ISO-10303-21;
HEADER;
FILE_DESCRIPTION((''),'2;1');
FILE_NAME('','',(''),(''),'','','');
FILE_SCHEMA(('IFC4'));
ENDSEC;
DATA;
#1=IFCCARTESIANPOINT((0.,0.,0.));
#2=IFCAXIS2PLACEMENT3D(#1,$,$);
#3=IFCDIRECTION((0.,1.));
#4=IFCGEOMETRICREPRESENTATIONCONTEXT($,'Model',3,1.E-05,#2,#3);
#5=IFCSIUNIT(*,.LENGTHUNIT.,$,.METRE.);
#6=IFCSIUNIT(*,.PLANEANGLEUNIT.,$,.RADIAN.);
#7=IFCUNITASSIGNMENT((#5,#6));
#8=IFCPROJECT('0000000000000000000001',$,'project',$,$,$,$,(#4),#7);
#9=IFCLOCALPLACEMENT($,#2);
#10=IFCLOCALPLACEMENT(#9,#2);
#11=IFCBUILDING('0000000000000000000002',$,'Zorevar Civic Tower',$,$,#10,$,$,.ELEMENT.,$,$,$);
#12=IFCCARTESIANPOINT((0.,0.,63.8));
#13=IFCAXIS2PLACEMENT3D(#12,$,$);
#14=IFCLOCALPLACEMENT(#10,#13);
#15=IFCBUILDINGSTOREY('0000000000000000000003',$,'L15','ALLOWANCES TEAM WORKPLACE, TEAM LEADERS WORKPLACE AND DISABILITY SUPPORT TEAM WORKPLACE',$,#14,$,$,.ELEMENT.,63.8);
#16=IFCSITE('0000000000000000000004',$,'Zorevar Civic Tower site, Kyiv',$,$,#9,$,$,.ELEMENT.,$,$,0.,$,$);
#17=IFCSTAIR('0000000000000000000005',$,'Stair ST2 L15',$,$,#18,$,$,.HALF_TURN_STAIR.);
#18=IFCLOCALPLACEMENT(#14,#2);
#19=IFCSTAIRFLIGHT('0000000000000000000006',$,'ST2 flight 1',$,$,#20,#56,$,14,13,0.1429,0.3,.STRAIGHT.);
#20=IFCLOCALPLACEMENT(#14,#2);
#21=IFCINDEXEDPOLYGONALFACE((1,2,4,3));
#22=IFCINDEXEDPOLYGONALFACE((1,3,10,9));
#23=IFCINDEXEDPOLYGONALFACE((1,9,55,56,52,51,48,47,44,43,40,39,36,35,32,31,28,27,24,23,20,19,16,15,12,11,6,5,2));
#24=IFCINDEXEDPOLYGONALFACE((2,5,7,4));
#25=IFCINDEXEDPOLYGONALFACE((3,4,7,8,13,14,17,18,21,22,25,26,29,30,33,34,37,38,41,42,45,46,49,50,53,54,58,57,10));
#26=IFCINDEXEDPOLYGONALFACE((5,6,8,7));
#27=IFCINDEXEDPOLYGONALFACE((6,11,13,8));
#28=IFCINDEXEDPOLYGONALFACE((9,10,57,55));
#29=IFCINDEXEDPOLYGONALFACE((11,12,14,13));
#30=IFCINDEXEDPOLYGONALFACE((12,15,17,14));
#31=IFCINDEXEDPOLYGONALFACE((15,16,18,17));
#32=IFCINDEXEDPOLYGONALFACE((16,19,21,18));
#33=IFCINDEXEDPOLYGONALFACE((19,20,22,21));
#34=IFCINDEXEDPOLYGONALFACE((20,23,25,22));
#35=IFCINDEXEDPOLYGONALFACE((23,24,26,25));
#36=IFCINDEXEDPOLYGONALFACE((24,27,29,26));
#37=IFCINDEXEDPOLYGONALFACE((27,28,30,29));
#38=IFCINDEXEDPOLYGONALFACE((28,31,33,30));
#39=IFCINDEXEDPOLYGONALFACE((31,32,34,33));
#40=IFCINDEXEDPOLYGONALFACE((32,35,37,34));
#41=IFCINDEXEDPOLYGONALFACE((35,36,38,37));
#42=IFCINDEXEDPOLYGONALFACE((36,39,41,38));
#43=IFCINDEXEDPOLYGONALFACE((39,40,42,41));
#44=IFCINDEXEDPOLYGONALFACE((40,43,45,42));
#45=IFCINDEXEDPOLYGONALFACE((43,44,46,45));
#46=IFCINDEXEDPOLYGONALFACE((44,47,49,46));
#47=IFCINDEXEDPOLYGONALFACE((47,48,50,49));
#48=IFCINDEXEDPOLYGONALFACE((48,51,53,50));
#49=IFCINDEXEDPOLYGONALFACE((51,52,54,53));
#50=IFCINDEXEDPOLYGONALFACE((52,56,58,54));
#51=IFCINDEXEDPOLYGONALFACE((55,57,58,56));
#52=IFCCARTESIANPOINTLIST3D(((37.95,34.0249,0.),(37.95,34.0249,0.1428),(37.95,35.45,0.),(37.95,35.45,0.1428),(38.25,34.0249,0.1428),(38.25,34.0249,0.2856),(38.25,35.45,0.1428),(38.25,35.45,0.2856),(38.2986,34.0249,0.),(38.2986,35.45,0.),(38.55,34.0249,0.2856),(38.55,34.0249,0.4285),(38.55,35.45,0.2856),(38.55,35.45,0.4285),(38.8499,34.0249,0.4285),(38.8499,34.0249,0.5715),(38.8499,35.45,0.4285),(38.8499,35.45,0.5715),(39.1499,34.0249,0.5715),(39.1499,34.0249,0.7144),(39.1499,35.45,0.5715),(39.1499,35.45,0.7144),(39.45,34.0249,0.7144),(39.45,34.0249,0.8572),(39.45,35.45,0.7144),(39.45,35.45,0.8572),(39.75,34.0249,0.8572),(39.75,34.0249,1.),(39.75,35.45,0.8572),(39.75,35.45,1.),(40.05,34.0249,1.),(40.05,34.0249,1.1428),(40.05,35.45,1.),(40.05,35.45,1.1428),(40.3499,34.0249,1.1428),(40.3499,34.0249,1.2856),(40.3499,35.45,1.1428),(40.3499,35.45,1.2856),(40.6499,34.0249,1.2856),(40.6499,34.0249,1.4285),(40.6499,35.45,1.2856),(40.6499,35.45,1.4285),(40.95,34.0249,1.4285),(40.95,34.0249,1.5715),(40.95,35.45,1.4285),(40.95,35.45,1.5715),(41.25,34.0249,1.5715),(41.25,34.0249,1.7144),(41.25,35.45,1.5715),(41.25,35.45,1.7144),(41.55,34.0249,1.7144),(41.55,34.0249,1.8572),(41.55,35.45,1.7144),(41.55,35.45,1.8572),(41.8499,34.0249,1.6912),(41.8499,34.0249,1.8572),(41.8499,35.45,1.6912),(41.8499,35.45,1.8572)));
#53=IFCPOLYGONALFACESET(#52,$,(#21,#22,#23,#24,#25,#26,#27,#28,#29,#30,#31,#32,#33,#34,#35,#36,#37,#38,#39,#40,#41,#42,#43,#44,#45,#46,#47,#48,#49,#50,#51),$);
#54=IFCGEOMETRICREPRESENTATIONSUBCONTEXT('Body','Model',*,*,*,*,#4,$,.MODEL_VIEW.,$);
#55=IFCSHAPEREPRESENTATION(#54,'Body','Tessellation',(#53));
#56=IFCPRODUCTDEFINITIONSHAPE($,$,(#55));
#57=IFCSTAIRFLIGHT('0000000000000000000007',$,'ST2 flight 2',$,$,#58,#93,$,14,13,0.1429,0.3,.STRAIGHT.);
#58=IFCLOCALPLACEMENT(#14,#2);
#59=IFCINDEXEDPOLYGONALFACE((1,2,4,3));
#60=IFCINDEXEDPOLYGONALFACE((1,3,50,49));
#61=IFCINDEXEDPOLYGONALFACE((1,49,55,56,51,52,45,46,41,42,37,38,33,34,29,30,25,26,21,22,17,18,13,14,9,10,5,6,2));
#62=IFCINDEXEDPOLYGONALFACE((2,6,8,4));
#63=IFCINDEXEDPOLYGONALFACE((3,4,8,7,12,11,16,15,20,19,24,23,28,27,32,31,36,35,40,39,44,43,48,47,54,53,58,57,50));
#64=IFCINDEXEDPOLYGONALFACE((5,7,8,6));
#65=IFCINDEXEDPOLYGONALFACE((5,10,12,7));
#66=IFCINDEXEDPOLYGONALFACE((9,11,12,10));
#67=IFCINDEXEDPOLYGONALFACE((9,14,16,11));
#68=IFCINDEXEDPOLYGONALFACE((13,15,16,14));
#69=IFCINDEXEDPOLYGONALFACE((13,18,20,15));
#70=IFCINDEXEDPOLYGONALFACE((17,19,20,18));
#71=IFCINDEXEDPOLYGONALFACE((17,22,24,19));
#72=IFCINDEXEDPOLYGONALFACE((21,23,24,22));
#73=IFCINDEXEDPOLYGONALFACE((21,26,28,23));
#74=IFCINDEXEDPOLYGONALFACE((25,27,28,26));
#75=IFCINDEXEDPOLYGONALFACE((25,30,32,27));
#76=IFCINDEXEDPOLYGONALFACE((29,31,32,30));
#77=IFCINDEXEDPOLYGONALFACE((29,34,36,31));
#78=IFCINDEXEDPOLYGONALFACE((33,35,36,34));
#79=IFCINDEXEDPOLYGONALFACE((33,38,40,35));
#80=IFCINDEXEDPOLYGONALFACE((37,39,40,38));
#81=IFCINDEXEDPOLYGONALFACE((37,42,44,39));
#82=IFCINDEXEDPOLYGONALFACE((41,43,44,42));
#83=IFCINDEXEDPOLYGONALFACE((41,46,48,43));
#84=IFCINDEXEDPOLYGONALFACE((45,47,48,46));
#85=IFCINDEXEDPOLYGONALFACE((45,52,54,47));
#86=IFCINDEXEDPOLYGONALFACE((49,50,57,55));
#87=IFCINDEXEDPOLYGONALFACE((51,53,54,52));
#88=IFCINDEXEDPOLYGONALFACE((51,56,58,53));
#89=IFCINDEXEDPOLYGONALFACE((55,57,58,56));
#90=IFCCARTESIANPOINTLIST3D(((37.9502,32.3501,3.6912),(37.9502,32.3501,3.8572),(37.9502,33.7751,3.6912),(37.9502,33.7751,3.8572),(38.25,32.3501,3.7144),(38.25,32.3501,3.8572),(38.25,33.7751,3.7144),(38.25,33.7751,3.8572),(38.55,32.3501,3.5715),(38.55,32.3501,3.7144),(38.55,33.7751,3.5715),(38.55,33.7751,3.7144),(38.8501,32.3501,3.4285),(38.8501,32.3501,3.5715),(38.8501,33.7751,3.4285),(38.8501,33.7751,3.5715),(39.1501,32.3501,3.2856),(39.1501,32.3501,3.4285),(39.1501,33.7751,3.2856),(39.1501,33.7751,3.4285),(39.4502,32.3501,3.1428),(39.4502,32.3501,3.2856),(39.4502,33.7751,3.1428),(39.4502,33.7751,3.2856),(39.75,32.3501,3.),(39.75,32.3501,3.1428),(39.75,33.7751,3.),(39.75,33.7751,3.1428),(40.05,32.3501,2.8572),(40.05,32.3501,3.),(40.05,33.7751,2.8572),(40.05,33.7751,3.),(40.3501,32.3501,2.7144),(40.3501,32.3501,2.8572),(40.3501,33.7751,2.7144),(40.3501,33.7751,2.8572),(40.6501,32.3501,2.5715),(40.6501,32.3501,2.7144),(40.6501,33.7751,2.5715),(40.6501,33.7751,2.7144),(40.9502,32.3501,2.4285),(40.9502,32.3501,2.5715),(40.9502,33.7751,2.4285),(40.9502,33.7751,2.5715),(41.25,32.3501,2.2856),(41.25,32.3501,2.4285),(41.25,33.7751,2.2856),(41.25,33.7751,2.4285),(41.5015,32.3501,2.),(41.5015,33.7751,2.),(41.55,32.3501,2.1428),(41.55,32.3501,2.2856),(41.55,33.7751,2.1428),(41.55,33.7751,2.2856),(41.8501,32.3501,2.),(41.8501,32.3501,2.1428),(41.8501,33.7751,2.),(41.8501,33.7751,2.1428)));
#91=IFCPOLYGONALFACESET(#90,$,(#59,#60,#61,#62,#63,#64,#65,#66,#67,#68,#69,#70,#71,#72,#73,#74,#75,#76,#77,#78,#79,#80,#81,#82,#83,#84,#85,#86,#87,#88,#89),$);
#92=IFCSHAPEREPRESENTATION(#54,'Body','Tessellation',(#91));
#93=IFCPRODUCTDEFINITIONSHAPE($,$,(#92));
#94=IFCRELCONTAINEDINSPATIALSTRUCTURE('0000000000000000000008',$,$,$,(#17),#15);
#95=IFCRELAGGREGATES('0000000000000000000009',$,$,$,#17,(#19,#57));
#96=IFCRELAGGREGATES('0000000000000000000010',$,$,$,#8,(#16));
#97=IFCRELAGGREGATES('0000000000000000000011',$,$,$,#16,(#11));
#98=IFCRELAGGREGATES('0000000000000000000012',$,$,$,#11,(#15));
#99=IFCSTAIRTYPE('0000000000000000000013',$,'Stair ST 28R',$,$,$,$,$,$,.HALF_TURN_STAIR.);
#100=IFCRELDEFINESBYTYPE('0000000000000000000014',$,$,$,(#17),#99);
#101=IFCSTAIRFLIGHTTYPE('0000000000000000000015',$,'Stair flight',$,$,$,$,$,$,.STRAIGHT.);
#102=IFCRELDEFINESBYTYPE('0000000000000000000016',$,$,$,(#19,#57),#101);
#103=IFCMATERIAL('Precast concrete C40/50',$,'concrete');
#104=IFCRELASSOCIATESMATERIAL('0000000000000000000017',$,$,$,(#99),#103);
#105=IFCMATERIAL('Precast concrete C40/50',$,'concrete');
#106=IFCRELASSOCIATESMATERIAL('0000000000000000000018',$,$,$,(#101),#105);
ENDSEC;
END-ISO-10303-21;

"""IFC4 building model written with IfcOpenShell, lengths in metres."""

from ifc_helpers import new_model, si_unit, direction, frame, origin, place, context, subcontext, project, spatial, polyline, outline, extrude, material, type_object, element, aggregate, save


model = new_model("IFC4")

# Units and contexts
model_context = context("Model", 3, precision=1e-05, world=origin(), true_north=direction((0.0, 1.0)))
body_context = subcontext(model_context, "Body", "Model", "MODEL_VIEW")
ifc_project = project(units=[si_unit("LENGTHUNIT", "METRE"), si_unit("PLANEANGLEUNIT", "RADIAN")], contexts=[model_context])

# Site, building, storey
site_placement = place(None, origin())
site = spatial("IfcSite", under=ifc_project, at=site_placement, Name="Zorevar Civic Tower site, Kyiv", CompositionType="ELEMENT", RefElevation=0.0)
building_placement = place(site_placement, origin())
building = spatial("IfcBuilding", under=site, at=building_placement, Name="Zorevar Civic Tower", CompositionType="ELEMENT")
storey_placement = place(building_placement, frame((0.0, 0.0, 63.8)))
storey = spatial("IfcBuildingStorey", under=building, at=storey_placement, Name="L15", Description="ALLOWANCES TEAM WORKPLACE, TEAM LEADERS WORKPLACE AND DISABILITY SUPPORT TEAM WORKPLACE", CompositionType="ELEMENT", Elevation=63.8)

# Stair, stair flights
ifc_material_1 = material(Name="Precast concrete C40/50", Category="concrete")
stair_type = type_object("IfcStairType", Name="Stair ST 28R", PredefinedType="HALF_TURN_STAIR", material=ifc_material_1)
stair_placement = place(storey_placement, origin())
stair = element("IfcStair", 1, at=stair_placement, inside=storey, type_object=stair_type, Name="Stair ST2 L15", PredefinedType="HALF_TURN_STAIR")
ifc_material_2 = material(Name="Precast concrete C40/50", Category="concrete")
stair_flight_type = type_object("IfcStairFlightType", Name="Stair flight", PredefinedType="STRAIGHT", material=ifc_material_2)
stair_flight_1_placement = place(storey_placement, frame((37.95, 34.7375, 0.0), z_axis=(0.0, 0.0, 1.0), x_axis=(1.0, 0.0, 0.0)))
stair_flight_1 = element("IfcStairFlight", 2, at=stair_flight_1_placement, type_object=stair_flight_type, Name="ST2 flight 1", NumberOfRisers=14, NumberOfTreads=13, PredefinedType="STRAIGHT", RiserHeight=0.1429, TreadLength=0.3, context=body_context, shape_type="SweptSolid", body=[
    extrude(outline(polyline([(0.0, 0.0), (0.0, 0.1428), (0.3, 0.1428), (0.3, 0.2856), (0.6001, 0.2856), (0.6001, 0.4285), (0.8999, 0.4285), (0.8999, 0.5715), (1.2, 0.5715), (1.2, 0.7144), (1.5, 0.7144), (1.5, 0.8572), (1.8, 0.8572), (1.8, 1.0), (2.1001, 1.0), (2.1001, 1.1428), (2.3999, 1.1428), (2.3999, 1.2856), (2.7, 1.2856), (2.7, 1.4285), (3.0, 1.4285), (3.0, 1.5715), (3.3, 1.5715), (3.3, 1.7144), (3.6001, 1.7144), (3.6001, 1.8572), (3.8999, 1.8572), (3.8999, 2.0), (3.8999, 1.6912), (0.3486, 0.0), (0.0, 0.0)])), frame((0.0, 0.7124, 0.0), z_axis=(0.0, -1.0, 0.0), x_axis=(1.0, 0.0, 0.0)), (0.0, 0.0, 1.0), 1.425),
])
stair_flight_2_placement = place(storey_placement, frame((41.8501, 33.0625, 2.0), z_axis=(0.0, 0.0, 1.0), x_axis=(-1.0, 0.0, 0.0)))
stair_flight_2 = element("IfcStairFlight", 3, at=stair_flight_2_placement, type_object=stair_flight_type, Name="ST2 flight 2", NumberOfRisers=14, NumberOfTreads=13, PredefinedType="STRAIGHT", RiserHeight=0.1429, TreadLength=0.3, context=body_context, shape_type="SweptSolid", body=[
    extrude(outline(polyline([(0.0, 0.0), (0.0, 0.1428), (0.3, 0.1428), (0.3, 0.2856), (0.6001, 0.2856), (0.6001, 0.4285), (0.8999, 0.4285), (0.8999, 0.5715), (1.2, 0.5715), (1.2, 0.7144), (1.5, 0.7144), (1.5, 0.8572), (1.8, 0.8572), (1.8, 1.0), (2.1001, 1.0), (2.1001, 1.1428), (2.3999, 1.1428), (2.3999, 1.2856), (2.7, 1.2856), (2.7, 1.4285), (3.0, 1.4285), (3.0, 1.5715), (3.3, 1.5715), (3.3, 1.7144), (3.6001, 1.7144), (3.6001, 1.8572), (3.8999, 1.8572), (3.8999, 2.0), (3.8999, 1.6912), (0.3486, 0.0), (0.0, 0.0)])), frame((0.0, 0.7124, 0.0), z_axis=(0.0, -1.0, 0.0), x_axis=(1.0, 0.0, 0.0)), (0.0, 0.0, 1.0), 1.425),
])
aggregate(stair, [stair_flight_1, stair_flight_2])

save(model, "model.ifc")
